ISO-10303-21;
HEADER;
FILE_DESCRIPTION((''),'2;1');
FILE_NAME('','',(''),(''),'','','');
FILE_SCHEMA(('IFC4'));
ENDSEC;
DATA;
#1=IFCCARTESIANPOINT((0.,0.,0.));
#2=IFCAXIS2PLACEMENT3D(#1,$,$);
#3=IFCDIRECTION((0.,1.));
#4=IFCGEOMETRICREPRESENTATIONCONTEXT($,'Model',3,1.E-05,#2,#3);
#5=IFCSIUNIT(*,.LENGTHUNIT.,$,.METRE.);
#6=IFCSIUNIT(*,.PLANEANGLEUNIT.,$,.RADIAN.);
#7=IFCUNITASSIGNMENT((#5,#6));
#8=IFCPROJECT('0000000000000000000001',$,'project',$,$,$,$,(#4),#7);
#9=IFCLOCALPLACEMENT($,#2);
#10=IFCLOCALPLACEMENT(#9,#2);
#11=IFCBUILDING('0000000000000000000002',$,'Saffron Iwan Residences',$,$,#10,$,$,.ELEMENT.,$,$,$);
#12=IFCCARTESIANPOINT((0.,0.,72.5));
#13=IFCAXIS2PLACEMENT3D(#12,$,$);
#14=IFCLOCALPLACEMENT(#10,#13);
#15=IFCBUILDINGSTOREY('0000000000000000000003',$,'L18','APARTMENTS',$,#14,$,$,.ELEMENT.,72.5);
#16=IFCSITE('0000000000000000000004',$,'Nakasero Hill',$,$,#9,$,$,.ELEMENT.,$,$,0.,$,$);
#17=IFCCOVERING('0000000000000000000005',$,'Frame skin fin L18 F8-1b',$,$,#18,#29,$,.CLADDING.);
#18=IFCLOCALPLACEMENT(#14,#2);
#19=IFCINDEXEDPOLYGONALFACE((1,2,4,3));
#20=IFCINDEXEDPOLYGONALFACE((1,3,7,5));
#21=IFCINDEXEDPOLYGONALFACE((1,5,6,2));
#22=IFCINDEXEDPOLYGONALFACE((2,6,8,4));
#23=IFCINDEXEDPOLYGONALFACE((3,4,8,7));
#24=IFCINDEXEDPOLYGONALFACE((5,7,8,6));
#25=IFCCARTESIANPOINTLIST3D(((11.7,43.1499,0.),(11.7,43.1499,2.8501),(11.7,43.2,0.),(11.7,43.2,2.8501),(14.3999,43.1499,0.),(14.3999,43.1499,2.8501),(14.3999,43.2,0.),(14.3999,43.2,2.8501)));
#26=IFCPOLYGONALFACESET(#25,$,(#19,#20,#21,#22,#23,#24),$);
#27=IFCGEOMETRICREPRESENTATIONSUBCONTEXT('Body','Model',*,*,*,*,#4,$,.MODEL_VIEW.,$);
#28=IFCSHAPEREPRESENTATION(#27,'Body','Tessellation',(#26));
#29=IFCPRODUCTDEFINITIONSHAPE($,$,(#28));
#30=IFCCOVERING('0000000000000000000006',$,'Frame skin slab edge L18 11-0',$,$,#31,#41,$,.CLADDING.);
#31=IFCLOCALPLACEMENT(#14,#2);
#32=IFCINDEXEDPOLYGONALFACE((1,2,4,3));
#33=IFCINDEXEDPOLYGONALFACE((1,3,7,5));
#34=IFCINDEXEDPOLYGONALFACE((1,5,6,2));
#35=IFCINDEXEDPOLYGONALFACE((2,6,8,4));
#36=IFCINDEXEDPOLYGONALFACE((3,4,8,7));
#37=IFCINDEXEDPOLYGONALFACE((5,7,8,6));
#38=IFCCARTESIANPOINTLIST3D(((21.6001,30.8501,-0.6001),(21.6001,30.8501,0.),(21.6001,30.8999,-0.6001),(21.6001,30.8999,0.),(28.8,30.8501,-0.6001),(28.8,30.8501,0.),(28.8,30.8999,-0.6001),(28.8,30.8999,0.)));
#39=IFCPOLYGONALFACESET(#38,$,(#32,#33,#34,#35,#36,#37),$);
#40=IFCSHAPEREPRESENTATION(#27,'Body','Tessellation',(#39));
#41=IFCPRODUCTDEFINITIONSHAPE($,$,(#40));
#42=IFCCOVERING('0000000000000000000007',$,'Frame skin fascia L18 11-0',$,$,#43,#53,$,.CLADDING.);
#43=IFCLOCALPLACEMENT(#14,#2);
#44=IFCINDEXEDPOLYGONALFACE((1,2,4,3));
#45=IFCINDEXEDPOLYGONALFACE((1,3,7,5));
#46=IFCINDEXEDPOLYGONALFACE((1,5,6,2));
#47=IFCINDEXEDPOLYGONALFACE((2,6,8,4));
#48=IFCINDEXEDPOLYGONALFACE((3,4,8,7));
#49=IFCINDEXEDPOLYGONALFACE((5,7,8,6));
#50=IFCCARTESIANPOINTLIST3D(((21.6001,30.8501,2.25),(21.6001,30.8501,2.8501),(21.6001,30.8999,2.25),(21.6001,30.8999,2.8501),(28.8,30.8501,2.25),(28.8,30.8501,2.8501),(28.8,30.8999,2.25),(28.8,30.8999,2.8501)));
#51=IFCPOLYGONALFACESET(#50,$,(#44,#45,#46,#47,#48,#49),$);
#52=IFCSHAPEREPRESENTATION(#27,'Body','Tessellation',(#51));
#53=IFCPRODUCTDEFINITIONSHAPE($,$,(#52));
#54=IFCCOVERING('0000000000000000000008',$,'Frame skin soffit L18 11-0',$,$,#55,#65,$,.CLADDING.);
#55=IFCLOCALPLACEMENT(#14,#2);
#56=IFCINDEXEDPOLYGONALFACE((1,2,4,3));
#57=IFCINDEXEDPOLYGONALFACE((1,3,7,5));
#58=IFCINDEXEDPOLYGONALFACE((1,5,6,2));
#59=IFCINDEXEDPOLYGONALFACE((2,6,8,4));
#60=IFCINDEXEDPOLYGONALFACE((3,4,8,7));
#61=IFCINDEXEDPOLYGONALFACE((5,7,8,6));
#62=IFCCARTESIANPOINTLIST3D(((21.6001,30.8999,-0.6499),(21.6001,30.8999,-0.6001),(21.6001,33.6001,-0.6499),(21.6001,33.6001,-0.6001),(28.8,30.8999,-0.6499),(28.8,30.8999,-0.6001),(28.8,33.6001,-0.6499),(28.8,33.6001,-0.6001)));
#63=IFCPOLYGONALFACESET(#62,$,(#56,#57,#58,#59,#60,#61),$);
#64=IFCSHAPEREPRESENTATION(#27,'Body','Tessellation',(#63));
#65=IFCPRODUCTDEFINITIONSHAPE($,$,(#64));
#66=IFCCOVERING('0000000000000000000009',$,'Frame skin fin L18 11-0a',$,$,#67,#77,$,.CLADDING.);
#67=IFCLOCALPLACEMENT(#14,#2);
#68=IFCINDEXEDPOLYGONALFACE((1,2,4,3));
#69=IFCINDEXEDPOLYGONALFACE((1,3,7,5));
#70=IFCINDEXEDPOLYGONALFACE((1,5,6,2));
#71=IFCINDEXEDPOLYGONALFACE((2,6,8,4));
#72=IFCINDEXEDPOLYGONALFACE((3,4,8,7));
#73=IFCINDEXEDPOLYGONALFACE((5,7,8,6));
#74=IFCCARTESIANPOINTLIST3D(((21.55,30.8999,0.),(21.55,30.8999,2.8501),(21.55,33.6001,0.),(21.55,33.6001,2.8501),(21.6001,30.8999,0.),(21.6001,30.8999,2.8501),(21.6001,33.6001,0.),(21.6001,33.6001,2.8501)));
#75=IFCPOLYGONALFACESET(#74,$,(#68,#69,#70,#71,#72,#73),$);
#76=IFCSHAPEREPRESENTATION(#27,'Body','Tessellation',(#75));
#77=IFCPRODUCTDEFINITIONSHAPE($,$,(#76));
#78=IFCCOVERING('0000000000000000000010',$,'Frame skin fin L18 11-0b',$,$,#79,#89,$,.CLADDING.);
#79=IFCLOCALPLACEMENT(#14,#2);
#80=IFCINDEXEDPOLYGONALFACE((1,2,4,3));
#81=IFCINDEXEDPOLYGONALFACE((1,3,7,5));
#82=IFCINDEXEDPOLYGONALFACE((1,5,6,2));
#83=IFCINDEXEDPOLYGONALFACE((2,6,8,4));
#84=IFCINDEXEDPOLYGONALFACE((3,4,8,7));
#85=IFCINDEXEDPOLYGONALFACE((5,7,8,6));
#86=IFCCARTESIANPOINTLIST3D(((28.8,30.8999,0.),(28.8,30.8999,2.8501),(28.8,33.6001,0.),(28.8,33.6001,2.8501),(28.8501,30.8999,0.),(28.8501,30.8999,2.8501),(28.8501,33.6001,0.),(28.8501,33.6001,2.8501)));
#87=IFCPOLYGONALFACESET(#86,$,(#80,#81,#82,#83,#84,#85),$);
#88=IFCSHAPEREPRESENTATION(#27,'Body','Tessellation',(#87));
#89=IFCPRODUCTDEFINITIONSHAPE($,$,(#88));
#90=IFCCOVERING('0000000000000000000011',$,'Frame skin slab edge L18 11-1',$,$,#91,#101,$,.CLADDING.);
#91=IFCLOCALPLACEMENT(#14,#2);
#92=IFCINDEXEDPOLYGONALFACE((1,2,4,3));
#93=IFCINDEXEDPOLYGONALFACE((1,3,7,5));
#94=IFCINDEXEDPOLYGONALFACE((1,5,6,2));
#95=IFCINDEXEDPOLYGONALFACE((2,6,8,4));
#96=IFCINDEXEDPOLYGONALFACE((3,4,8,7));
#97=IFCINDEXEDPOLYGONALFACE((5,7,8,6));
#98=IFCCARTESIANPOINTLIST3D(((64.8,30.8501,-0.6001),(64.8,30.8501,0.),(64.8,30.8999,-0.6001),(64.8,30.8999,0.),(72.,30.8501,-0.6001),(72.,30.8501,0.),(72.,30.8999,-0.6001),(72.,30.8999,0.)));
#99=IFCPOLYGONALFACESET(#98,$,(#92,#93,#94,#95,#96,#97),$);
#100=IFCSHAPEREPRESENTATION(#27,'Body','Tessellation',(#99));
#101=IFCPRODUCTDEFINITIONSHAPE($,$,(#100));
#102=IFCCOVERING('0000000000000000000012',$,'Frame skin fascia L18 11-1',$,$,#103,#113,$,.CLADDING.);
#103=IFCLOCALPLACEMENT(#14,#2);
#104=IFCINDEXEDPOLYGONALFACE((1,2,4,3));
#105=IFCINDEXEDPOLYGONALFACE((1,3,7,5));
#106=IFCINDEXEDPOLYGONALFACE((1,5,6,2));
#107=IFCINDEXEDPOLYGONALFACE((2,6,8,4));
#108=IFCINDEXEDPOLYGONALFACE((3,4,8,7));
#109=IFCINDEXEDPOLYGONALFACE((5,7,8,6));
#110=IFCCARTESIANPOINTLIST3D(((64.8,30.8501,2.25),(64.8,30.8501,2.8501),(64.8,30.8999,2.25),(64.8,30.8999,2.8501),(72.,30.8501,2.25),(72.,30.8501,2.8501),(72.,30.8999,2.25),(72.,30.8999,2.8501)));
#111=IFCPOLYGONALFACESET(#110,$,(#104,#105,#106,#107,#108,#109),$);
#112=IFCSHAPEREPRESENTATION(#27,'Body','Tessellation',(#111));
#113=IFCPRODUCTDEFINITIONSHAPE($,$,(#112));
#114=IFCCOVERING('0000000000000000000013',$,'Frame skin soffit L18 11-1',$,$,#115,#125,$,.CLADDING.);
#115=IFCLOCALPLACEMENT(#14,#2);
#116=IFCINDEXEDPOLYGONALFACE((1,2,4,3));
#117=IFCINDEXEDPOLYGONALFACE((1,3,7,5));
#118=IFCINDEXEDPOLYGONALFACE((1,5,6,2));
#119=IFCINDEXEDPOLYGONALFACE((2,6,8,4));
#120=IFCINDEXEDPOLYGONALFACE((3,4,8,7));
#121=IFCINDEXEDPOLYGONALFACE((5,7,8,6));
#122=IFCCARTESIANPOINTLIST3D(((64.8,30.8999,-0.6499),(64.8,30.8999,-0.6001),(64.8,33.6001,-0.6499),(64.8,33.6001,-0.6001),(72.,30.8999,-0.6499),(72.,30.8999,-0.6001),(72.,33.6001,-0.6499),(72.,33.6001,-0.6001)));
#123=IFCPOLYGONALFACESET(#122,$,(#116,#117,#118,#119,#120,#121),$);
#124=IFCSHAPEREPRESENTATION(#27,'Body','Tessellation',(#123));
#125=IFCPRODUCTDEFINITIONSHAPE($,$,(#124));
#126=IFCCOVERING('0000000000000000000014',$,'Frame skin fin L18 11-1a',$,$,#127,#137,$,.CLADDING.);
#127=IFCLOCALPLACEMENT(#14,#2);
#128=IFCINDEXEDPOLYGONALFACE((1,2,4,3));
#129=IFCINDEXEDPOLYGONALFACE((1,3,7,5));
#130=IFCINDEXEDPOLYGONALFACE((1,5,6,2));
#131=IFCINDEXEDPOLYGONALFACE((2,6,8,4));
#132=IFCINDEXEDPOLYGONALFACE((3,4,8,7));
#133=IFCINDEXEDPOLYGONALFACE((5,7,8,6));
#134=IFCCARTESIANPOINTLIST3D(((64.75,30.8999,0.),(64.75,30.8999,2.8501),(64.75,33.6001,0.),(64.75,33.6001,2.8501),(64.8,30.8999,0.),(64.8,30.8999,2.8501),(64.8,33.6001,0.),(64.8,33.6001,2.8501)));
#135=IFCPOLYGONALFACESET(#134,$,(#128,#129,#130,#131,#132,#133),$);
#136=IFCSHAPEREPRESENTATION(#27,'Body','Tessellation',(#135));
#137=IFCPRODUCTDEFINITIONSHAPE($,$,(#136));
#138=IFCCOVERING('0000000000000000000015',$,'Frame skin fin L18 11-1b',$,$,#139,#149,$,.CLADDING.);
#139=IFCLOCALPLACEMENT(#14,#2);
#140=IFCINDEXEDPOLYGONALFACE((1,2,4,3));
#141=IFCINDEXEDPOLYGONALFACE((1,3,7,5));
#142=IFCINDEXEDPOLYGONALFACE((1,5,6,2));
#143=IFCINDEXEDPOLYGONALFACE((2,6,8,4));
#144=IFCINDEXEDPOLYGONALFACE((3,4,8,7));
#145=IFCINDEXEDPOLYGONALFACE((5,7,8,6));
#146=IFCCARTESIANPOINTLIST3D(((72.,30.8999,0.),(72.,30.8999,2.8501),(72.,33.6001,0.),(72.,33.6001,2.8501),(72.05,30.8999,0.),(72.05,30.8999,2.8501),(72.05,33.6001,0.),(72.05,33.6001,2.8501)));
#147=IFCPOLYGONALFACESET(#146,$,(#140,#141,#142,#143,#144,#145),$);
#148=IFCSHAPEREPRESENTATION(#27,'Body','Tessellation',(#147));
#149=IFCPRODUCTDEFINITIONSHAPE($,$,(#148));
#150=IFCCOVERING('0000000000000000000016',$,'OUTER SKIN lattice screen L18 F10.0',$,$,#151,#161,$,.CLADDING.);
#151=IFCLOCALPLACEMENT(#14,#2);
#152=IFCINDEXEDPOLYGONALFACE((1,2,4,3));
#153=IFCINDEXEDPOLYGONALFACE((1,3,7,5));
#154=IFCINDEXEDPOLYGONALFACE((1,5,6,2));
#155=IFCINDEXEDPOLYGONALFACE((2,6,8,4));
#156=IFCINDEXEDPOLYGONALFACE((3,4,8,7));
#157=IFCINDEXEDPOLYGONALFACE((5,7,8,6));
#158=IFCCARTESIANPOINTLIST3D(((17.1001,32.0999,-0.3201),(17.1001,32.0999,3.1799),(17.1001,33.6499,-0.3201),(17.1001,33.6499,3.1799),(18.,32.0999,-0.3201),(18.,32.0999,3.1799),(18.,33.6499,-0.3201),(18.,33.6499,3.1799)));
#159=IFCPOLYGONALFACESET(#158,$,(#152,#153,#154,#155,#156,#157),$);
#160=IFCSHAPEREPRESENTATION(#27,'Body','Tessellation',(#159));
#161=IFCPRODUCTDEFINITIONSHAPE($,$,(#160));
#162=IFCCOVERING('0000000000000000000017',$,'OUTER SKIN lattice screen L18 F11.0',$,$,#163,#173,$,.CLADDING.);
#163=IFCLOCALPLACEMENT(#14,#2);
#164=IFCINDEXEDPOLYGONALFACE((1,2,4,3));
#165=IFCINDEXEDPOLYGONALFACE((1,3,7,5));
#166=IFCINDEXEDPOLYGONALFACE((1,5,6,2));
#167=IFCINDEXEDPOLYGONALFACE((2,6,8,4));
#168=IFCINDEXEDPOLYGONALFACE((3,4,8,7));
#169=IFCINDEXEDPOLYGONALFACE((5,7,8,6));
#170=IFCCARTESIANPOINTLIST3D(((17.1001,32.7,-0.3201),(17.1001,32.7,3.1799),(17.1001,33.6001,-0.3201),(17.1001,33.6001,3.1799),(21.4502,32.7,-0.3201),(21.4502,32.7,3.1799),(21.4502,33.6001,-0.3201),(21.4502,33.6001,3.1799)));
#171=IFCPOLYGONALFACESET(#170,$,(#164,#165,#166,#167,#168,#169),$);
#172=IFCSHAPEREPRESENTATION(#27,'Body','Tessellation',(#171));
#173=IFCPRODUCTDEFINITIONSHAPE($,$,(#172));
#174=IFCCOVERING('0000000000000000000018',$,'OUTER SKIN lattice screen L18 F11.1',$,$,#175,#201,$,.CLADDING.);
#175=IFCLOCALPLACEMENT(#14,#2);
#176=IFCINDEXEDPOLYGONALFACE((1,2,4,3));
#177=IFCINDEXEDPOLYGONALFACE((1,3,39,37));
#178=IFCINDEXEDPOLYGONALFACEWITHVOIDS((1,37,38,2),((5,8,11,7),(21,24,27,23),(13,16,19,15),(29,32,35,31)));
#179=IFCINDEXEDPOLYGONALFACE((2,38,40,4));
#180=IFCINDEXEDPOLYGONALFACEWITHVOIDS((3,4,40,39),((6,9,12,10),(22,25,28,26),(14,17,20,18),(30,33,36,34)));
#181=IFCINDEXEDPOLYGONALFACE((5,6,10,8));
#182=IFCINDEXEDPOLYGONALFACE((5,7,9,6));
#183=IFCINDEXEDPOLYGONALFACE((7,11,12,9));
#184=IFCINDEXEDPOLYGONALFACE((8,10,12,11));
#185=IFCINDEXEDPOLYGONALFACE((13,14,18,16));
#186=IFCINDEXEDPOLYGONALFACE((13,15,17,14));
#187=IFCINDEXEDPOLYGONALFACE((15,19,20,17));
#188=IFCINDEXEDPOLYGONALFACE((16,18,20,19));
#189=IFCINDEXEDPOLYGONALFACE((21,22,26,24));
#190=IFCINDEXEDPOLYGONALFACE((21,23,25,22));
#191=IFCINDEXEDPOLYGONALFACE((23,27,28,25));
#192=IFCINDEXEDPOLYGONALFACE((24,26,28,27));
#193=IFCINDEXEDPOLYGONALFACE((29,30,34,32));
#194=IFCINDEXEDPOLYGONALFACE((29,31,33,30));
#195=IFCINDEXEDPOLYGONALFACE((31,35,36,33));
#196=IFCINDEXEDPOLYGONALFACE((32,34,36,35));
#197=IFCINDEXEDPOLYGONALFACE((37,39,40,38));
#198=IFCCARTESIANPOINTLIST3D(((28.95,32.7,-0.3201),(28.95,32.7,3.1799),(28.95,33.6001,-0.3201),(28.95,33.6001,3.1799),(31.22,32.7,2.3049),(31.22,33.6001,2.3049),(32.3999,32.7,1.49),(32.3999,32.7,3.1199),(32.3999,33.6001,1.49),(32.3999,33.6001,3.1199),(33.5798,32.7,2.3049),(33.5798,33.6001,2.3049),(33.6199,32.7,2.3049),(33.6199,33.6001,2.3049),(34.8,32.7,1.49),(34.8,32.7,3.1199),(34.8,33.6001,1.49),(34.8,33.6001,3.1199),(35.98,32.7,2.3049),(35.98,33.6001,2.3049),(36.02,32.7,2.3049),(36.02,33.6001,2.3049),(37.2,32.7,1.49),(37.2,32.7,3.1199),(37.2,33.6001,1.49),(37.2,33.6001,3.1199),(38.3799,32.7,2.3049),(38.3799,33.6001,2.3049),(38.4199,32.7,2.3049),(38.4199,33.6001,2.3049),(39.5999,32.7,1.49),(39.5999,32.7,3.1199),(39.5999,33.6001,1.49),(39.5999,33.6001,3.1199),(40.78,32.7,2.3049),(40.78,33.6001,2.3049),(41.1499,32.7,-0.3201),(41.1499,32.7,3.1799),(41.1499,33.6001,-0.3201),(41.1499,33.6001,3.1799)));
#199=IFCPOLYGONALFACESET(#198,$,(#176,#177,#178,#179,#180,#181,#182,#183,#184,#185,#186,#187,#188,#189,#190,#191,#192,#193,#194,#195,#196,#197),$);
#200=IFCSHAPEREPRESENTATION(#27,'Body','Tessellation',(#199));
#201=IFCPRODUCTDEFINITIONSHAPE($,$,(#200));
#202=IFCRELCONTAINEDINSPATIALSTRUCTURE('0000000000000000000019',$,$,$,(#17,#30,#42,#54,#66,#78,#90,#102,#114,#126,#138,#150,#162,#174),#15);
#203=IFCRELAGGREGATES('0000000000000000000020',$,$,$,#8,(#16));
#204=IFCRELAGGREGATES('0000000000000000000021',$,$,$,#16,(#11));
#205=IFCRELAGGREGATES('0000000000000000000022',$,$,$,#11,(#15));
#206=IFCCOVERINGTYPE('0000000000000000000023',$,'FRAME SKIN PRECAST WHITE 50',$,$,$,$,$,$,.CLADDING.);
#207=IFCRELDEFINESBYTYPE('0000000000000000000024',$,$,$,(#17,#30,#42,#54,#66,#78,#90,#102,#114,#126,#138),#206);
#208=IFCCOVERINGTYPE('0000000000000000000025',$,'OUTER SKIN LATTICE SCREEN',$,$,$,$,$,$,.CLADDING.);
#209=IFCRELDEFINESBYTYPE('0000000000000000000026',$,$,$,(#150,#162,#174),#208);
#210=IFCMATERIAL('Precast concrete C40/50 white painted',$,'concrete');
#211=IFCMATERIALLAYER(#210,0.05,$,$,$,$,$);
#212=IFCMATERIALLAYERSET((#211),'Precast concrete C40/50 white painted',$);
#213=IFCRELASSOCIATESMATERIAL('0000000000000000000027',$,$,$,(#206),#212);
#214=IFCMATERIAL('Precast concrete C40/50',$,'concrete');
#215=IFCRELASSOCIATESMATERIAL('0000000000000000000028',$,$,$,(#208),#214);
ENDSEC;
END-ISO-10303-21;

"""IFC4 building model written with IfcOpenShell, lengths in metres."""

from ifc_helpers import new_model, si_unit, direction, frame, origin, place, context, subcontext, project, spatial, polyline, outline, extrude, material, layer, layer_set, type_object, element, save


model = new_model("IFC4")

# Units and contexts
model_context = context("Model", 3, precision=1e-05, world=origin(), true_north=direction((0.0, 1.0)))
body_context = subcontext(model_context, "Body", "Model", "MODEL_VIEW")
ifc_project = project(units=[si_unit("LENGTHUNIT", "METRE"), si_unit("PLANEANGLEUNIT", "RADIAN")], contexts=[model_context])

# Site, building, storey
site_placement = place(None, origin())
site = spatial("IfcSite", under=ifc_project, at=site_placement, Name="Nakasero Hill", CompositionType="ELEMENT", RefElevation=0.0)
building_placement = place(site_placement, origin())
building = spatial("IfcBuilding", under=site, at=building_placement, Name="Saffron Iwan Residences", CompositionType="ELEMENT")
storey_placement = place(building_placement, frame((0.0, 0.0, 72.5)))
storey = spatial("IfcBuildingStorey", under=building, at=storey_placement, Name="L18", Description="APARTMENTS", CompositionType="ELEMENT", Elevation=72.5)

# Coverings
ifc_material_1 = material(Name="Precast concrete C40/50 white painted", Category="concrete")
ifc_layer_1 = layer(ifc_material_1, 0.05)
ifc_layer_set_1 = layer_set([ifc_layer_1], Name="Precast concrete C40/50 white painted")
covering_type_1 = type_object("IfcCoveringType", Name="FRAME SKIN PRECAST WHITE 50", PredefinedType="CLADDING", material=ifc_layer_set_1)
covering_1_placement = place(storey_placement, origin())
element("IfcCovering", 1, at=covering_1_placement, inside=storey, type_object=covering_type_1, Name="Frame skin fin L18 F8-1b", PredefinedType="CLADDING", context=body_context, shape_type="SweptSolid", body=[
    extrude(outline(polyline([(11.7, 43.2), (11.7, 43.1499), (14.3999, 43.1499), (14.3999, 43.2), (11.7, 43.2)])), origin(), (0.0, 0.0, 1.0), 2.8501),
])
for number, where, name in (
    (2, (0.0, 0.0, -0.6001), "Frame skin slab edge L18 11-0"),
    (3, (0.0, 0.0, 2.25), "Frame skin fascia L18 11-0"),
):
    element("IfcCovering", number, at=place(storey_placement, frame(where)), inside=storey, type_object=covering_type_1, Name=name, PredefinedType="CLADDING", context=body_context, shape_type="SweptSolid", body=[
        extrude(outline(polyline([(21.6001, 30.8501), (28.8, 30.8501), (28.8, 30.8999), (21.6001, 30.8999), (21.6001, 30.8501)])), origin(), (0.0, 0.0, 1.0), 0.6001),
    ])
covering_2_placement = place(storey_placement, frame((0.0, 0.0, -0.6499)))
element("IfcCovering", 4, at=covering_2_placement, inside=storey, type_object=covering_type_1, Name="Frame skin soffit L18 11-0", PredefinedType="CLADDING", context=body_context, shape_type="SweptSolid", body=[
    extrude(outline(polyline([(21.6001, 30.8999), (28.8, 30.8999), (28.8, 33.6001), (21.6001, 33.6001), (21.6001, 30.8999)])), origin(), (0.0, 0.0, 1.0), 0.0498),
])
covering_3_placement = place(storey_placement, origin())
element("IfcCovering", 5, at=covering_3_placement, inside=storey, type_object=covering_type_1, Name="Frame skin fin L18 11-0a", PredefinedType="CLADDING", context=body_context, shape_type="SweptSolid", body=[
    extrude(outline(polyline([(21.55, 30.8999), (21.6001, 30.8999), (21.6001, 33.6001), (21.55, 33.6001), (21.55, 30.8999)])), origin(), (0.0, 0.0, 1.0), 2.8501),
])
covering_4_placement = place(storey_placement, origin())
element("IfcCovering", 6, at=covering_4_placement, inside=storey, type_object=covering_type_1, Name="Frame skin fin L18 11-0b", PredefinedType="CLADDING", context=body_context, shape_type="SweptSolid", body=[
    extrude(outline(polyline([(28.8, 30.8999), (28.8501, 30.8999), (28.8501, 33.6001), (28.8, 33.6001), (28.8, 30.8999)])), origin(), (0.0, 0.0, 1.0), 2.8501),
])
for number, where, name in (
    (7, (0.0, 0.0, -0.6001), "Frame skin slab edge L18 11-1"),
    (8, (0.0, 0.0, 2.25), "Frame skin fascia L18 11-1"),
):
    element("IfcCovering", number, at=place(storey_placement, frame(where)), inside=storey, type_object=covering_type_1, Name=name, PredefinedType="CLADDING", context=body_context, shape_type="SweptSolid", body=[
        extrude(outline(polyline([(64.8, 30.8501), (72.0, 30.8501), (72.0, 30.8999), (64.8, 30.8999), (64.8, 30.8501)])), origin(), (0.0, 0.0, 1.0), 0.6001),
    ])
covering_5_placement = place(storey_placement, frame((0.0, 0.0, -0.6499)))
element("IfcCovering", 9, at=covering_5_placement, inside=storey, type_object=covering_type_1, Name="Frame skin soffit L18 11-1", PredefinedType="CLADDING", context=body_context, shape_type="SweptSolid", body=[
    extrude(outline(polyline([(64.8, 30.8999), (72.0, 30.8999), (72.0, 33.6001), (64.8, 33.6001), (64.8, 30.8999)])), origin(), (0.0, 0.0, 1.0), 0.0498),
])
covering_6_placement = place(storey_placement, origin())
element("IfcCovering", 10, at=covering_6_placement, inside=storey, type_object=covering_type_1, Name="Frame skin fin L18 11-1a", PredefinedType="CLADDING", context=body_context, shape_type="SweptSolid", body=[
    extrude(outline(polyline([(64.75, 30.8999), (64.8, 30.8999), (64.8, 33.6001), (64.75, 33.6001), (64.75, 30.8999)])), origin(), (0.0, 0.0, 1.0), 2.8501),
])
covering_7_placement = place(storey_placement, origin())
element("IfcCovering", 11, at=covering_7_placement, inside=storey, type_object=covering_type_1, Name="Frame skin fin L18 11-1b", PredefinedType="CLADDING", context=body_context, shape_type="SweptSolid", body=[
    extrude(outline(polyline([(72.0, 30.8999), (72.05, 30.8999), (72.05, 33.6001), (72.0, 33.6001), (72.0, 30.8999)])), origin(), (0.0, 0.0, 1.0), 2.8501),
])
ifc_material_2 = material(Name="Precast concrete C40/50", Category="concrete")
covering_type_2 = type_object("IfcCoveringType", Name="OUTER SKIN LATTICE SCREEN", PredefinedType="CLADDING", material=ifc_material_2)
covering_8_placement = place(storey_placement, frame((18.0, 33.6499, -0.3201), z_axis=(-1.0, 0.0, 0.0), x_axis=(0.0, -1.0, 0.0)))
element("IfcCovering", 12, at=covering_8_placement, inside=storey, type_object=covering_type_2, Name="OUTER SKIN lattice screen L18 F10.0", PredefinedType="CLADDING", context=body_context, shape_type="SweptSolid", body=[
    extrude(outline(polyline([(0.0, 0.0), (1.55, 0.0), (1.55, 3.5), (0.0, 3.5), (0.0, 0.0)])), origin(), (0.0, 0.0, 1.0), 0.8999),
])
covering_9_placement = place(storey_placement, frame((17.1001, 33.6001, -0.3201), z_axis=(0.0, -1.0, 0.0), x_axis=(1.0, 0.0, 0.0)))
element("IfcCovering", 13, at=covering_9_placement, inside=storey, type_object=covering_type_2, Name="OUTER SKIN lattice screen L18 F11.0", PredefinedType="CLADDING", context=body_context, shape_type="SweptSolid", body=[
    extrude(outline(polyline([(0.0, 0.0), (4.3501, 0.0), (4.3501, 3.5), (0.0, 3.5), (0.0, 0.0)])), origin(), (0.0, 0.0, 1.0), 0.9001),
])
covering_10_placement = place(storey_placement, frame((28.95, 33.6001, -0.3201), z_axis=(0.0, -1.0, 0.0), x_axis=(1.0, 0.0, 0.0)))
element("IfcCovering", 14, at=covering_10_placement, inside=storey, type_object=covering_type_2, Name="OUTER SKIN lattice screen L18 F11.1", PredefinedType="CLADDING", context=body_context, shape_type="SweptSolid", body=[
    extrude(outline(polyline([(0.0, 0.0), (12.2, 0.0), (12.2, 3.5), (0.0, 3.5), (0.0, 0.0)]), holes=[polyline([(2.27, 2.625), (3.45, 1.8101), (4.6299, 2.625), (3.45, 3.4399), (2.27, 2.625)]), polyline([(4.6699, 2.625), (5.8501, 1.8101), (7.03, 2.625), (5.8501, 3.4399), (4.6699, 2.625)]), polyline([(7.0701, 2.625), (8.25, 1.8101), (9.4299, 2.625), (8.25, 3.4399), (7.0701, 2.625)]), polyline([(9.47, 2.625), (10.6499, 1.8101), (11.8301, 2.625), (10.6499, 3.4399), (9.47, 2.625)])]), origin(), (0.0, 0.0, 1.0), 0.9001),
])

save(model, "model.ifc")
